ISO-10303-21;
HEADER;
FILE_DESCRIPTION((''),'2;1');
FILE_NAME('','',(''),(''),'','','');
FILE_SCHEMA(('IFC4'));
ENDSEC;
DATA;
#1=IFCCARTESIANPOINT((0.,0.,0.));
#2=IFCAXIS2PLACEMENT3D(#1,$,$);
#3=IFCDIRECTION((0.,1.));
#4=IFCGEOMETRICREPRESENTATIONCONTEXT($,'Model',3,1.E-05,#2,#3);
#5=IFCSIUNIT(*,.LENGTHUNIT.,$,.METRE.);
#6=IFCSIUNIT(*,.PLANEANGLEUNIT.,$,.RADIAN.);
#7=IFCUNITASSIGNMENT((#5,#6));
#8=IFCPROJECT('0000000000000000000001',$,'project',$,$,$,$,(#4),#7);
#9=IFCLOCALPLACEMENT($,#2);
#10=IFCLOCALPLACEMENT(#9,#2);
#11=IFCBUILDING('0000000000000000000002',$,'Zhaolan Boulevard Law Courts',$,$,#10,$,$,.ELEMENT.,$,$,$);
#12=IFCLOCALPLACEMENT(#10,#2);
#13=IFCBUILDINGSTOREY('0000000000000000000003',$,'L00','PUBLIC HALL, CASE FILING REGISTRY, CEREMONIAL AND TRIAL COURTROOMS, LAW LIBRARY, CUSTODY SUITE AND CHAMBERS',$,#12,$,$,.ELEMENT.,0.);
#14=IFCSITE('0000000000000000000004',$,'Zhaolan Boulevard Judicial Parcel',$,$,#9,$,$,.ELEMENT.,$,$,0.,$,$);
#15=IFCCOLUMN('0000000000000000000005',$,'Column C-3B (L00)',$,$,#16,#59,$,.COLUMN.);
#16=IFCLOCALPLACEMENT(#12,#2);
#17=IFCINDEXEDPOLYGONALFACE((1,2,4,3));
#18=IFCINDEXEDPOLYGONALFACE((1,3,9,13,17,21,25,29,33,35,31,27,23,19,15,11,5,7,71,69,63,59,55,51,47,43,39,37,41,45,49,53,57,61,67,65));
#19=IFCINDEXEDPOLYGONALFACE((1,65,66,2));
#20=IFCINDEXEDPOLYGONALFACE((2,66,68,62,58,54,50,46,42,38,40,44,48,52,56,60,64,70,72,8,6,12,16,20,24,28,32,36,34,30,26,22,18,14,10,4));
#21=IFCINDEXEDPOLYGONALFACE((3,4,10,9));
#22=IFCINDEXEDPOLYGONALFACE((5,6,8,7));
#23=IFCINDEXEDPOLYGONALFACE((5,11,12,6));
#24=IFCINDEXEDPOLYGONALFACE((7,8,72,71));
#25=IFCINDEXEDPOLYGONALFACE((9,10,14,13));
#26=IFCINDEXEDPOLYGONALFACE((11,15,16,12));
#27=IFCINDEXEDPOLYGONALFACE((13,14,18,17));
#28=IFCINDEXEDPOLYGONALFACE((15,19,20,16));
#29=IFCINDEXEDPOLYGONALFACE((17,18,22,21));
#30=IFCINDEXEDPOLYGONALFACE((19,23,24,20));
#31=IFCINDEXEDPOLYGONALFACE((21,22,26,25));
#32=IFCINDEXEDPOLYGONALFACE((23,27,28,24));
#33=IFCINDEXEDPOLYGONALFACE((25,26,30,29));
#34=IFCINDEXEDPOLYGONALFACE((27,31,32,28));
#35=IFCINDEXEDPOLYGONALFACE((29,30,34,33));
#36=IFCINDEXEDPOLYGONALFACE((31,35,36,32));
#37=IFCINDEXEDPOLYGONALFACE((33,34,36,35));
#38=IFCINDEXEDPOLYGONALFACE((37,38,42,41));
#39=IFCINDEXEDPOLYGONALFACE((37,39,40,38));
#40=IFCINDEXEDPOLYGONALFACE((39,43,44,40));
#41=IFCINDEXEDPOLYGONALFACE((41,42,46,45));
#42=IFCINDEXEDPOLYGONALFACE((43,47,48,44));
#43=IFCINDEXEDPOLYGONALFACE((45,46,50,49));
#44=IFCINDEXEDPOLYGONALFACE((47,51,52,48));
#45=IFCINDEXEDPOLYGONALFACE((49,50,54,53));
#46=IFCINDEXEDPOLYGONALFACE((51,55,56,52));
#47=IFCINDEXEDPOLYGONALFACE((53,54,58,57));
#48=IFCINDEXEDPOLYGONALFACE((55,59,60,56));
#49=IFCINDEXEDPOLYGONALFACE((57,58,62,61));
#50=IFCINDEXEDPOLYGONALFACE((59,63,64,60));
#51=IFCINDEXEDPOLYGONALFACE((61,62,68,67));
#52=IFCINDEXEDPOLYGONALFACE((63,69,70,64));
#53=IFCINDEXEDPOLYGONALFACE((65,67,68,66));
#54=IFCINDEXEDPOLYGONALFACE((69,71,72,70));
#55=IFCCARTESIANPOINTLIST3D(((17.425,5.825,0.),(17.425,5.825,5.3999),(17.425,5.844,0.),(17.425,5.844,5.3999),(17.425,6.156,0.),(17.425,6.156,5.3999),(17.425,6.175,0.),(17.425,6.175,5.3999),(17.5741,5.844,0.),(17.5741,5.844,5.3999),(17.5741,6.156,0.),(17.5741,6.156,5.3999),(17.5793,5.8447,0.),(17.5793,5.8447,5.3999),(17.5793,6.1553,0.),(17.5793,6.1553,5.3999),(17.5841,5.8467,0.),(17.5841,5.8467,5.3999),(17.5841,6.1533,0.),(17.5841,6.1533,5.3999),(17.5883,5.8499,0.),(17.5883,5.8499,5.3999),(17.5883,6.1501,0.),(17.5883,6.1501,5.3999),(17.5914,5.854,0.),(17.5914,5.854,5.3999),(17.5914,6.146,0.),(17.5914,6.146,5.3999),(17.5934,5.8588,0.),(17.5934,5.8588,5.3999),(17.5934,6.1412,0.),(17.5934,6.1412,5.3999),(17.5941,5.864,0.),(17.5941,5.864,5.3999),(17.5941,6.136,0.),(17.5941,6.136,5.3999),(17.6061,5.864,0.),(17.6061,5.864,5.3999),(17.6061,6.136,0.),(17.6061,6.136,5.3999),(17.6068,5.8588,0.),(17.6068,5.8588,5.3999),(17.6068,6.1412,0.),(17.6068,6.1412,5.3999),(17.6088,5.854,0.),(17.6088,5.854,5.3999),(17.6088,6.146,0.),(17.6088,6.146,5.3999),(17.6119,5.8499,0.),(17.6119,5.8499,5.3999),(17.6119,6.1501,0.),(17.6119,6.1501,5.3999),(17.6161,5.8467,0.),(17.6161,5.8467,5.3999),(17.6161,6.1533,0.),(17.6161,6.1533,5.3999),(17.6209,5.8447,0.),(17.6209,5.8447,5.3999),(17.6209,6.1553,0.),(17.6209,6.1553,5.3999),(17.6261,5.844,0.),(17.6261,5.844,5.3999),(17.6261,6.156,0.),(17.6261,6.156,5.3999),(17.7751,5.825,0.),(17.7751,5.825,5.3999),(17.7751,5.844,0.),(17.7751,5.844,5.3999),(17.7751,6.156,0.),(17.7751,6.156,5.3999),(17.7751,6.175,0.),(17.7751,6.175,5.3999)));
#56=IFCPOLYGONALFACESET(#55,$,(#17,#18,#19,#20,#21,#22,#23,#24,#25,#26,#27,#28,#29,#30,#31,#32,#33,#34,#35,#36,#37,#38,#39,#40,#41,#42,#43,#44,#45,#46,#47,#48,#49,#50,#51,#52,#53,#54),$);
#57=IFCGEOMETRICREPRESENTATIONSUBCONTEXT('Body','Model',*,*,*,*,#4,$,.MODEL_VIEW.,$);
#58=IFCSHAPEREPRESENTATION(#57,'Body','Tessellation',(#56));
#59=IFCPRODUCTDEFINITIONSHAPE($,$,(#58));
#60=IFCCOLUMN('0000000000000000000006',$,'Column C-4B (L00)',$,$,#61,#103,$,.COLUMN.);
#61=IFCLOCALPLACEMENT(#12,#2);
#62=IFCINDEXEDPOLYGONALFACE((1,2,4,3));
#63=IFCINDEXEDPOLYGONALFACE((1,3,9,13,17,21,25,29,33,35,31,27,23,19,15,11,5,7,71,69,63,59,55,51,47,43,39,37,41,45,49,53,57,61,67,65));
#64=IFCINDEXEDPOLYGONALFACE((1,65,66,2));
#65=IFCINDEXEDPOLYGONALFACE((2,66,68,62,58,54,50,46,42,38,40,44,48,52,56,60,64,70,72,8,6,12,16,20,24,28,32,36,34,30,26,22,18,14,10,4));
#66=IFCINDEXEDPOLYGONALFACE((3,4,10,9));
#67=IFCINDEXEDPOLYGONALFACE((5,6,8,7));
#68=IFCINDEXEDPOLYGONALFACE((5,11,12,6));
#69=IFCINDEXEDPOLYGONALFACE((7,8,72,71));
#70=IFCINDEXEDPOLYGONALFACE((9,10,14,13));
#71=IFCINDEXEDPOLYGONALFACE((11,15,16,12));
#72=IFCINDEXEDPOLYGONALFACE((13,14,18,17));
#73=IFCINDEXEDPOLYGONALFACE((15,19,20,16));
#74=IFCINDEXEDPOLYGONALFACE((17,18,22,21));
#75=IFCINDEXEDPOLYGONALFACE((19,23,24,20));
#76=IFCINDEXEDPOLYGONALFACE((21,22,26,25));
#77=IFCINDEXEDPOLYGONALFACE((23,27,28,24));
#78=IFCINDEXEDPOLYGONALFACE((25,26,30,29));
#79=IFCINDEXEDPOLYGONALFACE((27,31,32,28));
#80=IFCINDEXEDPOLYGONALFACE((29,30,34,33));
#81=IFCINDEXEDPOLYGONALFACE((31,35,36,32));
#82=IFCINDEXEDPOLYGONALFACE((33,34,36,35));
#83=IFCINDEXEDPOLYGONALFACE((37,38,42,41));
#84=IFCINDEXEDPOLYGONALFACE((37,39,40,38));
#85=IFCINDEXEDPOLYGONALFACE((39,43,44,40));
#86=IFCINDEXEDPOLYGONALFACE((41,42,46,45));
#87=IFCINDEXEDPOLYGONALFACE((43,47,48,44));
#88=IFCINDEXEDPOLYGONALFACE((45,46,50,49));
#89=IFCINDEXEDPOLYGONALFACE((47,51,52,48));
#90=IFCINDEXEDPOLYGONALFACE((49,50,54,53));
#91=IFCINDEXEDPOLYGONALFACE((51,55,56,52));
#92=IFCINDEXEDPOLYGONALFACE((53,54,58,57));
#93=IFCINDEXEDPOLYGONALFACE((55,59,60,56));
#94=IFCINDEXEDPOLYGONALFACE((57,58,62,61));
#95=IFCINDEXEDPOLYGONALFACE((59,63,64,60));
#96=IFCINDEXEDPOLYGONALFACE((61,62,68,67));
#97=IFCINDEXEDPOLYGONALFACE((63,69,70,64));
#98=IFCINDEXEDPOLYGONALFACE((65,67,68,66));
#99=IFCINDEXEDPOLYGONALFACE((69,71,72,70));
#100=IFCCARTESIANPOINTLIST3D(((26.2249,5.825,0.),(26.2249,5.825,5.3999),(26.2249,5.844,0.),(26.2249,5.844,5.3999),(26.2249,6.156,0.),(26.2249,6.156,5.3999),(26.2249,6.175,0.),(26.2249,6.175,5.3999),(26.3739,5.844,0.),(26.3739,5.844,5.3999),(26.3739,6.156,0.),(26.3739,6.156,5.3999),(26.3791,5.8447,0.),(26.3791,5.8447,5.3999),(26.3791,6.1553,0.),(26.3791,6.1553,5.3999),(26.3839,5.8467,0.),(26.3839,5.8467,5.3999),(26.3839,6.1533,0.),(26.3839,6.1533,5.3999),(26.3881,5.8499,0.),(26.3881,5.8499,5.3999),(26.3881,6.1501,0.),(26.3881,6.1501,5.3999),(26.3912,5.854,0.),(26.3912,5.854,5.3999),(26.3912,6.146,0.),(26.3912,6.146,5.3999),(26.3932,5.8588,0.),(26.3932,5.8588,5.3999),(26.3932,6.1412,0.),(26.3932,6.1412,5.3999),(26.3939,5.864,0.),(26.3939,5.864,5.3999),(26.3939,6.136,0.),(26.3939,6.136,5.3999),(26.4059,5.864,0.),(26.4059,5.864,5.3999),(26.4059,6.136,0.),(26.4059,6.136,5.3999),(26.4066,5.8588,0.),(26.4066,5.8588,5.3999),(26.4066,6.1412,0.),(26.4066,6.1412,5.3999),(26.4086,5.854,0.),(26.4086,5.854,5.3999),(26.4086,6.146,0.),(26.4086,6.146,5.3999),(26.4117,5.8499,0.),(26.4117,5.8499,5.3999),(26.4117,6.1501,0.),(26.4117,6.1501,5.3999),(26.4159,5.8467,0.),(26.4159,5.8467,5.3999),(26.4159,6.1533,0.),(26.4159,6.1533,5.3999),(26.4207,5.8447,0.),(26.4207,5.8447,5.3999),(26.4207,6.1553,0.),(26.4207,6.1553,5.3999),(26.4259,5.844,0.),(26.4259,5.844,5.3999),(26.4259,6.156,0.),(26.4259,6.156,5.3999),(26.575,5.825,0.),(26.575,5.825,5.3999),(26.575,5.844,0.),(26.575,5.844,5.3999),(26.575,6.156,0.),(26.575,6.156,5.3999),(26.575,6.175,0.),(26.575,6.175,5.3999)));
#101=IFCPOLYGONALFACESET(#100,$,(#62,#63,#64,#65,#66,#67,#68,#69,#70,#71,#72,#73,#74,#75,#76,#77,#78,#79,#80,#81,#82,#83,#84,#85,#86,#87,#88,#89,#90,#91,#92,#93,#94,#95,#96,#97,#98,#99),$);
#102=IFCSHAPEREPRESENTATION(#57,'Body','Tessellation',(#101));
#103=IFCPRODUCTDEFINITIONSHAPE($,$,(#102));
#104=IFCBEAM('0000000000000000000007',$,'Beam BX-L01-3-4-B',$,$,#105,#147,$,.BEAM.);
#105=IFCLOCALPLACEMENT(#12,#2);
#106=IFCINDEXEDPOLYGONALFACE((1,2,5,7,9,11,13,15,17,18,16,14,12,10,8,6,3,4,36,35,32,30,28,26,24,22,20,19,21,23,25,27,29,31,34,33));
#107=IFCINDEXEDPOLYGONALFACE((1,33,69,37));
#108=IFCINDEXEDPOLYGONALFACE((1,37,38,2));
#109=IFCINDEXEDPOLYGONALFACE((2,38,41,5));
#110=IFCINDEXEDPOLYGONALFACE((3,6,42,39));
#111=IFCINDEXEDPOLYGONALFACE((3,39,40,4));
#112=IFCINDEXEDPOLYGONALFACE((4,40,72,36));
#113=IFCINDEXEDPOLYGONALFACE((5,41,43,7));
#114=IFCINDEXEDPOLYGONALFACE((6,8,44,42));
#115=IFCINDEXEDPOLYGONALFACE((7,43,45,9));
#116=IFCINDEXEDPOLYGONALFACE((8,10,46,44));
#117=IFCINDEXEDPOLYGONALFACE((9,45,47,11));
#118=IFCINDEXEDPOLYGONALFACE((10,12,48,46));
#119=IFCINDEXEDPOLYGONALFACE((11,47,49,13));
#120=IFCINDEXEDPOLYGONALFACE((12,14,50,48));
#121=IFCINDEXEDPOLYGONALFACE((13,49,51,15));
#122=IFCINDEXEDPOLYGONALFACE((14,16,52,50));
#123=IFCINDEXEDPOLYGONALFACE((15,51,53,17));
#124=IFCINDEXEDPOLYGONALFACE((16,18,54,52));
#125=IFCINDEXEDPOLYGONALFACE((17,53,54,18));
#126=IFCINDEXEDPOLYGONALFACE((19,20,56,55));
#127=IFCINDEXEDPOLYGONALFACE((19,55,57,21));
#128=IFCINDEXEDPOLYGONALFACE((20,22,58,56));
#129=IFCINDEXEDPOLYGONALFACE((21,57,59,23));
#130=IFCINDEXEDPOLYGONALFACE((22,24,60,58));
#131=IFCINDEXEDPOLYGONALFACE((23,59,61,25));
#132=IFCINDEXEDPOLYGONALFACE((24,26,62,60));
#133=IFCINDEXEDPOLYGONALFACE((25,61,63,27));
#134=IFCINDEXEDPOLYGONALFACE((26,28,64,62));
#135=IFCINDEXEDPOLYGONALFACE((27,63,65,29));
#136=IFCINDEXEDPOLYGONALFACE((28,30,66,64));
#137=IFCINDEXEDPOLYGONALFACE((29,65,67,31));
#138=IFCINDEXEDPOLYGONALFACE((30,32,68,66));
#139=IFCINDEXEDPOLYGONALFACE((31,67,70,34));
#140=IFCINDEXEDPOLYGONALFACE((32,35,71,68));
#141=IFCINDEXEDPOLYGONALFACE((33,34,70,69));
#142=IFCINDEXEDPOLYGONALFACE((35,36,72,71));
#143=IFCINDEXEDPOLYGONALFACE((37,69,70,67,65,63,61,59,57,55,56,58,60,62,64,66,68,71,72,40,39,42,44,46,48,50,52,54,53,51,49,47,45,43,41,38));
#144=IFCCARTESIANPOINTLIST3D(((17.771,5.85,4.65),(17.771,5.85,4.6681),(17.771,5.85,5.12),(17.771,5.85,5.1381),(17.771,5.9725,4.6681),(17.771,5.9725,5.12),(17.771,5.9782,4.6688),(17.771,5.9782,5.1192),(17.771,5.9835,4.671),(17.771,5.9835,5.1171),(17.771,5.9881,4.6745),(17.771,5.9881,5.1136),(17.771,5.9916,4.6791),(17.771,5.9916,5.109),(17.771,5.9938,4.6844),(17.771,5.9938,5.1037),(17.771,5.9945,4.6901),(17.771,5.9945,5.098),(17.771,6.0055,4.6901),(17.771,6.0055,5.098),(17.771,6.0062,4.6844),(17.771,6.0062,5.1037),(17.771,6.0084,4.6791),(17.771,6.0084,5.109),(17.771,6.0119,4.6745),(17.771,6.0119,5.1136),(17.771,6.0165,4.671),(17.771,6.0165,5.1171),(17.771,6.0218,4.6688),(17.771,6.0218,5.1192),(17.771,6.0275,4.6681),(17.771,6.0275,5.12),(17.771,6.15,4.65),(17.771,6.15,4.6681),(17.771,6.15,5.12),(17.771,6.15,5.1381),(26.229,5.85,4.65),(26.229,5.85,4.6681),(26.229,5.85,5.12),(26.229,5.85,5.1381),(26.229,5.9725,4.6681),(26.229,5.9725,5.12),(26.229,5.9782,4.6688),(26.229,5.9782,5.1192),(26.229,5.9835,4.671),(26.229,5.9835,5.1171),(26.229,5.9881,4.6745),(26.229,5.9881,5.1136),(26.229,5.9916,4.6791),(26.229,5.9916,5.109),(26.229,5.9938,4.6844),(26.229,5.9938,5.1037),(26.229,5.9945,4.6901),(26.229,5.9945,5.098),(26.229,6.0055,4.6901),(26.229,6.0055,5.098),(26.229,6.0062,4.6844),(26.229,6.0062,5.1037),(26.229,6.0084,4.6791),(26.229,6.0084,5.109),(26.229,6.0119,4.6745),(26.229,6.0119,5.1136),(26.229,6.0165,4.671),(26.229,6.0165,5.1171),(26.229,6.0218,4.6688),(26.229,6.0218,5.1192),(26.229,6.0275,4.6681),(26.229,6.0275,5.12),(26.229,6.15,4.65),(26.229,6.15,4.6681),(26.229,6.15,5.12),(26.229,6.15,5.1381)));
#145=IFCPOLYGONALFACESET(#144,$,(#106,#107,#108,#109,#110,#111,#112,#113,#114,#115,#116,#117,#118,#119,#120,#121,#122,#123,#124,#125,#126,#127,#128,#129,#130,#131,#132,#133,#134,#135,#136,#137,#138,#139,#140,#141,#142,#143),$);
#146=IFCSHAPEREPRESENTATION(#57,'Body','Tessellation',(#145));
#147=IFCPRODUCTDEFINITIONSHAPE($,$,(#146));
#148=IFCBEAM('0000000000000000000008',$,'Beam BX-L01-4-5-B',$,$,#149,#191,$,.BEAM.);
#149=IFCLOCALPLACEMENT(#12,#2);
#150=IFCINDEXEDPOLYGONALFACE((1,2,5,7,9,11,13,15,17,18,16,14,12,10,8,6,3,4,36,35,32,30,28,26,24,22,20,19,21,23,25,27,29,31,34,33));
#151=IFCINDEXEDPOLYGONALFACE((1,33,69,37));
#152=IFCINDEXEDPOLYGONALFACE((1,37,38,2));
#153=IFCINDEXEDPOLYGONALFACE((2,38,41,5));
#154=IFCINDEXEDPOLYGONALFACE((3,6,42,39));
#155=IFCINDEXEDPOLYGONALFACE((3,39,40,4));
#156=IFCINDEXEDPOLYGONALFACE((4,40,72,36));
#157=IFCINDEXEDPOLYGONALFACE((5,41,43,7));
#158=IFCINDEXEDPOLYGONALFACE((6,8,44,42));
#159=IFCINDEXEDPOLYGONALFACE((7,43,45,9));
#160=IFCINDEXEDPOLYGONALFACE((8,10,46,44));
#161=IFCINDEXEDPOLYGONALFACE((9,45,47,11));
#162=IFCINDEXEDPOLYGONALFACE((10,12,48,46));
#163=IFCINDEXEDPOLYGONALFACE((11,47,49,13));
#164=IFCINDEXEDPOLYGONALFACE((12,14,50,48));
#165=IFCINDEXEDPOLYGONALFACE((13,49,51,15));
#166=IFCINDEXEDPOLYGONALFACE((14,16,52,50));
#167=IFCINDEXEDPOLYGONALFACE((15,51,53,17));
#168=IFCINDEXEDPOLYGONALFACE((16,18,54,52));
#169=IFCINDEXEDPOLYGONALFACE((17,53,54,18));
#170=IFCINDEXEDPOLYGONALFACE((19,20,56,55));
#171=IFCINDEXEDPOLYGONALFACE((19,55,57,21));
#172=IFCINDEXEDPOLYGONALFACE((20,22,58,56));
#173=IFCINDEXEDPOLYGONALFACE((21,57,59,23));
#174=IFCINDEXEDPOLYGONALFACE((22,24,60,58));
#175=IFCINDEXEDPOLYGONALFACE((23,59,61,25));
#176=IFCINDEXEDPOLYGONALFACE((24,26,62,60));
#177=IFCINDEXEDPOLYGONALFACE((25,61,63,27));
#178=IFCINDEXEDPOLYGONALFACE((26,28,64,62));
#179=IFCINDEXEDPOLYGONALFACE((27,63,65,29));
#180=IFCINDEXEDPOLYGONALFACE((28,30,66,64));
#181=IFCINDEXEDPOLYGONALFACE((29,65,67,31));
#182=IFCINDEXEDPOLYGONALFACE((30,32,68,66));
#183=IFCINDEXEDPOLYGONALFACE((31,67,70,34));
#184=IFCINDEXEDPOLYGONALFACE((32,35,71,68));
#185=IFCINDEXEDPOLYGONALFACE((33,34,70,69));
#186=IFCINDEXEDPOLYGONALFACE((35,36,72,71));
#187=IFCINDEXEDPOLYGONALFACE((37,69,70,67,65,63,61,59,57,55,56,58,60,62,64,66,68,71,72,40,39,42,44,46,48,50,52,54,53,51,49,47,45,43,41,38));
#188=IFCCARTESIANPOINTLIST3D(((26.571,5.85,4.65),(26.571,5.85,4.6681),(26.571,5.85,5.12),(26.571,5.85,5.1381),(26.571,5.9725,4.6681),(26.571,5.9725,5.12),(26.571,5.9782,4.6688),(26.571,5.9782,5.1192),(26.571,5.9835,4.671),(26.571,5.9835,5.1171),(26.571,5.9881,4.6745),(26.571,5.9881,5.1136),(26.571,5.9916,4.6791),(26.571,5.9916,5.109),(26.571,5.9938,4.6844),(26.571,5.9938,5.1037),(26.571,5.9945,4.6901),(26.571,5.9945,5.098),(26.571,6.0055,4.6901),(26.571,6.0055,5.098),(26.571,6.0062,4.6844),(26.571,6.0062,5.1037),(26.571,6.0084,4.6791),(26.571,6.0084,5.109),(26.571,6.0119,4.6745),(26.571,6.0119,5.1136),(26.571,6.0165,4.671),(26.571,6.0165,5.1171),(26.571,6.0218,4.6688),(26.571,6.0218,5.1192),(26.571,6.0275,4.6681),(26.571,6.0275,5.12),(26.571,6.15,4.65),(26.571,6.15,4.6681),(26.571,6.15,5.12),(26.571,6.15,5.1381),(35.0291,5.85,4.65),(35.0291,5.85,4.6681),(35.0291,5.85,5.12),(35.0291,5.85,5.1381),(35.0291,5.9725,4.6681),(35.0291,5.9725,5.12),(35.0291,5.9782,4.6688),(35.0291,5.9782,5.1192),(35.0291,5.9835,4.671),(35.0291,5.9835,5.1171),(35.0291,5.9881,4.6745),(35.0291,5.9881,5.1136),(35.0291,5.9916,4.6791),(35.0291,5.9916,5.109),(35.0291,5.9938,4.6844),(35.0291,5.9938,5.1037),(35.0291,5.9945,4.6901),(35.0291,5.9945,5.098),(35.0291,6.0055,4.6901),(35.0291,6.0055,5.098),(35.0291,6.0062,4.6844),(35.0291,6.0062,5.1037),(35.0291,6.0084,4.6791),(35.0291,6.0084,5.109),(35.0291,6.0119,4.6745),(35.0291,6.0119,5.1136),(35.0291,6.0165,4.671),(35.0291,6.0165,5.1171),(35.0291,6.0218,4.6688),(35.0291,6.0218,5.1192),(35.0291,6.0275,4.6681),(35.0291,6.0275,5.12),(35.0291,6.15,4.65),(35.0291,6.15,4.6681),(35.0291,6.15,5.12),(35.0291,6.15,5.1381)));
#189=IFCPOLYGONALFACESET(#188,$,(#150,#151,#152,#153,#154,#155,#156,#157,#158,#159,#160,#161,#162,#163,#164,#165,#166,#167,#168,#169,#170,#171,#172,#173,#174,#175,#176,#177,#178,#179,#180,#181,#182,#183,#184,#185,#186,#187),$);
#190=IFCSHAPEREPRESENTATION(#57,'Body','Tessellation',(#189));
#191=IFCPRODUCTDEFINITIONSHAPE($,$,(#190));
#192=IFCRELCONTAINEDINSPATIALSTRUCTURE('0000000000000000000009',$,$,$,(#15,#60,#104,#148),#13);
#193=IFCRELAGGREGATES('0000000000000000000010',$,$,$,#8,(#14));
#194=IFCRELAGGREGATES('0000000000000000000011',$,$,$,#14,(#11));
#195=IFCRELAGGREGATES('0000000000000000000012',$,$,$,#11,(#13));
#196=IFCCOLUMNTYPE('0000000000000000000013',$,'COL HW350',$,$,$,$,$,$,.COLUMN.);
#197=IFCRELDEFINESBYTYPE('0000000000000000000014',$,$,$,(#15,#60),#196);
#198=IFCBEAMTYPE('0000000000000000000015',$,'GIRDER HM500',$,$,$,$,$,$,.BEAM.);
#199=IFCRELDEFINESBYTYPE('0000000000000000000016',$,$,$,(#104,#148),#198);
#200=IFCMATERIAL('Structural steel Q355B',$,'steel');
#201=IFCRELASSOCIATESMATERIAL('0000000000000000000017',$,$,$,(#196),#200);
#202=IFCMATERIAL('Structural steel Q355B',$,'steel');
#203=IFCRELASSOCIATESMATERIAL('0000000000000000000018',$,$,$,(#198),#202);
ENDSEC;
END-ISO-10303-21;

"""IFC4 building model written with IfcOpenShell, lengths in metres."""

from ifc_helpers import new_model, si_unit, direction, frame, origin, origin_2d, place, context, subcontext, project, spatial, i_section, extrude, material, material_profile, profile_set, type_object, element, save


model = new_model("IFC4")

# Units and contexts
model_context = context("Model", 3, precision=1e-05, world=origin(), true_north=direction((0.0, 1.0)))
body_context = subcontext(model_context, "Body", "Model", "MODEL_VIEW")
ifc_project = project(units=[si_unit("LENGTHUNIT", "METRE"), si_unit("PLANEANGLEUNIT", "RADIAN")], contexts=[model_context])

# Site, building, storey
site_placement = place(None, origin())
site = spatial("IfcSite", under=ifc_project, at=site_placement, Name="Zhaolan Boulevard Judicial Parcel", CompositionType="ELEMENT", RefElevation=0.0)
building_placement = place(site_placement, origin())
building = spatial("IfcBuilding", under=site, at=building_placement, Name="Zhaolan Boulevard Law Courts", CompositionType="ELEMENT")
storey_placement = place(building_placement, origin())
storey = spatial("IfcBuildingStorey", under=building, at=storey_placement, Name="L00", Description="PUBLIC HALL, CASE FILING REGISTRY, CEREMONIAL AND TRIAL COURTROOMS, LAW LIBRARY, CUSTODY SUITE AND CHAMBERS", CompositionType="ELEMENT", Elevation=0.0)

# Columns
ifc_material_1 = material(Name="Structural steel Q355B", Category="steel")
ifc_material_profile_1 = material_profile(ifc_material_1, i_section(OverallWidth=0.3501, OverallDepth=0.3501, WebThickness=0.012, FlangeThickness=0.019, FilletRadius=0.02, at=origin_2d()), Name="HW350x350")
ifc_profile_set_1 = profile_set([ifc_material_profile_1], Name="Structural steel Q355B")
column_type = type_object("IfcColumnType", Name="COL HW350", PredefinedType="COLUMN", material=ifc_profile_set_1)
for number, where, z_axis, x_axis, name in (
    (1, (17.6001, 6.0, 0.0), (0.0, 0.0, 1.0), (1.0, 0.0, 0.0), "Column C-3B (L00)"),
    (2, (26.3999, 6.0, 0.0), (0.0, 0.0, 1.0), (1.0, 0.0, 0.0), "Column C-4B (L00)"),
):
    element("IfcColumn", number, at=place(storey_placement, frame(where, z_axis=z_axis, x_axis=x_axis)), inside=storey, type_object=column_type, Name=name, PredefinedType="COLUMN", context=body_context, shape_type="SweptSolid", body=[
        extrude(i_section(OverallWidth=0.3501, OverallDepth=0.3501, WebThickness=0.012, FlangeThickness=0.019, FilletRadius=0.02, at=origin_2d()), origin(), (0.0, 0.0, 1.0), 5.3999),
    ])

# Beams
ifc_material_2 = material(Name="Structural steel Q355B", Category="steel")
ifc_material_profile_2 = material_profile(ifc_material_2, i_section(OverallWidth=0.3, OverallDepth=0.488, WebThickness=0.011, FlangeThickness=0.0181, FilletRadius=0.022, at=origin_2d()), Name="HM488x300")
ifc_profile_set_2 = profile_set([ifc_material_profile_2], Name="Structural steel Q355B")
beam_type_1 = type_object("IfcBeamType", Name="GIRDER HM500", PredefinedType="BEAM", material=ifc_profile_set_2)
for number, where, z_axis, x_axis, name in (
    (3, (17.771, 6.0, 4.894), (1.0, 0.0, 0.0), (0.0, 1.0, 0.0), "Beam BX-L01-3-4-B"),
    (4, (26.571, 6.0, 4.894), (1.0, 0.0, 0.0), (0.0, 1.0, 0.0), "Beam BX-L01-4-5-B"),
):
    element("IfcBeam", number, at=place(storey_placement, frame(where, z_axis=z_axis, x_axis=x_axis)), inside=storey, type_object=beam_type_1, Name=name, PredefinedType="BEAM", context=body_context, shape_type="SweptSolid", body=[
        extrude(i_section(OverallWidth=0.3, OverallDepth=0.488, WebThickness=0.011, FlangeThickness=0.0181, FilletRadius=0.022, at=origin_2d()), origin(), (0.0, 0.0, 1.0), 8.458),
    ])

save(model, "model.ifc")
